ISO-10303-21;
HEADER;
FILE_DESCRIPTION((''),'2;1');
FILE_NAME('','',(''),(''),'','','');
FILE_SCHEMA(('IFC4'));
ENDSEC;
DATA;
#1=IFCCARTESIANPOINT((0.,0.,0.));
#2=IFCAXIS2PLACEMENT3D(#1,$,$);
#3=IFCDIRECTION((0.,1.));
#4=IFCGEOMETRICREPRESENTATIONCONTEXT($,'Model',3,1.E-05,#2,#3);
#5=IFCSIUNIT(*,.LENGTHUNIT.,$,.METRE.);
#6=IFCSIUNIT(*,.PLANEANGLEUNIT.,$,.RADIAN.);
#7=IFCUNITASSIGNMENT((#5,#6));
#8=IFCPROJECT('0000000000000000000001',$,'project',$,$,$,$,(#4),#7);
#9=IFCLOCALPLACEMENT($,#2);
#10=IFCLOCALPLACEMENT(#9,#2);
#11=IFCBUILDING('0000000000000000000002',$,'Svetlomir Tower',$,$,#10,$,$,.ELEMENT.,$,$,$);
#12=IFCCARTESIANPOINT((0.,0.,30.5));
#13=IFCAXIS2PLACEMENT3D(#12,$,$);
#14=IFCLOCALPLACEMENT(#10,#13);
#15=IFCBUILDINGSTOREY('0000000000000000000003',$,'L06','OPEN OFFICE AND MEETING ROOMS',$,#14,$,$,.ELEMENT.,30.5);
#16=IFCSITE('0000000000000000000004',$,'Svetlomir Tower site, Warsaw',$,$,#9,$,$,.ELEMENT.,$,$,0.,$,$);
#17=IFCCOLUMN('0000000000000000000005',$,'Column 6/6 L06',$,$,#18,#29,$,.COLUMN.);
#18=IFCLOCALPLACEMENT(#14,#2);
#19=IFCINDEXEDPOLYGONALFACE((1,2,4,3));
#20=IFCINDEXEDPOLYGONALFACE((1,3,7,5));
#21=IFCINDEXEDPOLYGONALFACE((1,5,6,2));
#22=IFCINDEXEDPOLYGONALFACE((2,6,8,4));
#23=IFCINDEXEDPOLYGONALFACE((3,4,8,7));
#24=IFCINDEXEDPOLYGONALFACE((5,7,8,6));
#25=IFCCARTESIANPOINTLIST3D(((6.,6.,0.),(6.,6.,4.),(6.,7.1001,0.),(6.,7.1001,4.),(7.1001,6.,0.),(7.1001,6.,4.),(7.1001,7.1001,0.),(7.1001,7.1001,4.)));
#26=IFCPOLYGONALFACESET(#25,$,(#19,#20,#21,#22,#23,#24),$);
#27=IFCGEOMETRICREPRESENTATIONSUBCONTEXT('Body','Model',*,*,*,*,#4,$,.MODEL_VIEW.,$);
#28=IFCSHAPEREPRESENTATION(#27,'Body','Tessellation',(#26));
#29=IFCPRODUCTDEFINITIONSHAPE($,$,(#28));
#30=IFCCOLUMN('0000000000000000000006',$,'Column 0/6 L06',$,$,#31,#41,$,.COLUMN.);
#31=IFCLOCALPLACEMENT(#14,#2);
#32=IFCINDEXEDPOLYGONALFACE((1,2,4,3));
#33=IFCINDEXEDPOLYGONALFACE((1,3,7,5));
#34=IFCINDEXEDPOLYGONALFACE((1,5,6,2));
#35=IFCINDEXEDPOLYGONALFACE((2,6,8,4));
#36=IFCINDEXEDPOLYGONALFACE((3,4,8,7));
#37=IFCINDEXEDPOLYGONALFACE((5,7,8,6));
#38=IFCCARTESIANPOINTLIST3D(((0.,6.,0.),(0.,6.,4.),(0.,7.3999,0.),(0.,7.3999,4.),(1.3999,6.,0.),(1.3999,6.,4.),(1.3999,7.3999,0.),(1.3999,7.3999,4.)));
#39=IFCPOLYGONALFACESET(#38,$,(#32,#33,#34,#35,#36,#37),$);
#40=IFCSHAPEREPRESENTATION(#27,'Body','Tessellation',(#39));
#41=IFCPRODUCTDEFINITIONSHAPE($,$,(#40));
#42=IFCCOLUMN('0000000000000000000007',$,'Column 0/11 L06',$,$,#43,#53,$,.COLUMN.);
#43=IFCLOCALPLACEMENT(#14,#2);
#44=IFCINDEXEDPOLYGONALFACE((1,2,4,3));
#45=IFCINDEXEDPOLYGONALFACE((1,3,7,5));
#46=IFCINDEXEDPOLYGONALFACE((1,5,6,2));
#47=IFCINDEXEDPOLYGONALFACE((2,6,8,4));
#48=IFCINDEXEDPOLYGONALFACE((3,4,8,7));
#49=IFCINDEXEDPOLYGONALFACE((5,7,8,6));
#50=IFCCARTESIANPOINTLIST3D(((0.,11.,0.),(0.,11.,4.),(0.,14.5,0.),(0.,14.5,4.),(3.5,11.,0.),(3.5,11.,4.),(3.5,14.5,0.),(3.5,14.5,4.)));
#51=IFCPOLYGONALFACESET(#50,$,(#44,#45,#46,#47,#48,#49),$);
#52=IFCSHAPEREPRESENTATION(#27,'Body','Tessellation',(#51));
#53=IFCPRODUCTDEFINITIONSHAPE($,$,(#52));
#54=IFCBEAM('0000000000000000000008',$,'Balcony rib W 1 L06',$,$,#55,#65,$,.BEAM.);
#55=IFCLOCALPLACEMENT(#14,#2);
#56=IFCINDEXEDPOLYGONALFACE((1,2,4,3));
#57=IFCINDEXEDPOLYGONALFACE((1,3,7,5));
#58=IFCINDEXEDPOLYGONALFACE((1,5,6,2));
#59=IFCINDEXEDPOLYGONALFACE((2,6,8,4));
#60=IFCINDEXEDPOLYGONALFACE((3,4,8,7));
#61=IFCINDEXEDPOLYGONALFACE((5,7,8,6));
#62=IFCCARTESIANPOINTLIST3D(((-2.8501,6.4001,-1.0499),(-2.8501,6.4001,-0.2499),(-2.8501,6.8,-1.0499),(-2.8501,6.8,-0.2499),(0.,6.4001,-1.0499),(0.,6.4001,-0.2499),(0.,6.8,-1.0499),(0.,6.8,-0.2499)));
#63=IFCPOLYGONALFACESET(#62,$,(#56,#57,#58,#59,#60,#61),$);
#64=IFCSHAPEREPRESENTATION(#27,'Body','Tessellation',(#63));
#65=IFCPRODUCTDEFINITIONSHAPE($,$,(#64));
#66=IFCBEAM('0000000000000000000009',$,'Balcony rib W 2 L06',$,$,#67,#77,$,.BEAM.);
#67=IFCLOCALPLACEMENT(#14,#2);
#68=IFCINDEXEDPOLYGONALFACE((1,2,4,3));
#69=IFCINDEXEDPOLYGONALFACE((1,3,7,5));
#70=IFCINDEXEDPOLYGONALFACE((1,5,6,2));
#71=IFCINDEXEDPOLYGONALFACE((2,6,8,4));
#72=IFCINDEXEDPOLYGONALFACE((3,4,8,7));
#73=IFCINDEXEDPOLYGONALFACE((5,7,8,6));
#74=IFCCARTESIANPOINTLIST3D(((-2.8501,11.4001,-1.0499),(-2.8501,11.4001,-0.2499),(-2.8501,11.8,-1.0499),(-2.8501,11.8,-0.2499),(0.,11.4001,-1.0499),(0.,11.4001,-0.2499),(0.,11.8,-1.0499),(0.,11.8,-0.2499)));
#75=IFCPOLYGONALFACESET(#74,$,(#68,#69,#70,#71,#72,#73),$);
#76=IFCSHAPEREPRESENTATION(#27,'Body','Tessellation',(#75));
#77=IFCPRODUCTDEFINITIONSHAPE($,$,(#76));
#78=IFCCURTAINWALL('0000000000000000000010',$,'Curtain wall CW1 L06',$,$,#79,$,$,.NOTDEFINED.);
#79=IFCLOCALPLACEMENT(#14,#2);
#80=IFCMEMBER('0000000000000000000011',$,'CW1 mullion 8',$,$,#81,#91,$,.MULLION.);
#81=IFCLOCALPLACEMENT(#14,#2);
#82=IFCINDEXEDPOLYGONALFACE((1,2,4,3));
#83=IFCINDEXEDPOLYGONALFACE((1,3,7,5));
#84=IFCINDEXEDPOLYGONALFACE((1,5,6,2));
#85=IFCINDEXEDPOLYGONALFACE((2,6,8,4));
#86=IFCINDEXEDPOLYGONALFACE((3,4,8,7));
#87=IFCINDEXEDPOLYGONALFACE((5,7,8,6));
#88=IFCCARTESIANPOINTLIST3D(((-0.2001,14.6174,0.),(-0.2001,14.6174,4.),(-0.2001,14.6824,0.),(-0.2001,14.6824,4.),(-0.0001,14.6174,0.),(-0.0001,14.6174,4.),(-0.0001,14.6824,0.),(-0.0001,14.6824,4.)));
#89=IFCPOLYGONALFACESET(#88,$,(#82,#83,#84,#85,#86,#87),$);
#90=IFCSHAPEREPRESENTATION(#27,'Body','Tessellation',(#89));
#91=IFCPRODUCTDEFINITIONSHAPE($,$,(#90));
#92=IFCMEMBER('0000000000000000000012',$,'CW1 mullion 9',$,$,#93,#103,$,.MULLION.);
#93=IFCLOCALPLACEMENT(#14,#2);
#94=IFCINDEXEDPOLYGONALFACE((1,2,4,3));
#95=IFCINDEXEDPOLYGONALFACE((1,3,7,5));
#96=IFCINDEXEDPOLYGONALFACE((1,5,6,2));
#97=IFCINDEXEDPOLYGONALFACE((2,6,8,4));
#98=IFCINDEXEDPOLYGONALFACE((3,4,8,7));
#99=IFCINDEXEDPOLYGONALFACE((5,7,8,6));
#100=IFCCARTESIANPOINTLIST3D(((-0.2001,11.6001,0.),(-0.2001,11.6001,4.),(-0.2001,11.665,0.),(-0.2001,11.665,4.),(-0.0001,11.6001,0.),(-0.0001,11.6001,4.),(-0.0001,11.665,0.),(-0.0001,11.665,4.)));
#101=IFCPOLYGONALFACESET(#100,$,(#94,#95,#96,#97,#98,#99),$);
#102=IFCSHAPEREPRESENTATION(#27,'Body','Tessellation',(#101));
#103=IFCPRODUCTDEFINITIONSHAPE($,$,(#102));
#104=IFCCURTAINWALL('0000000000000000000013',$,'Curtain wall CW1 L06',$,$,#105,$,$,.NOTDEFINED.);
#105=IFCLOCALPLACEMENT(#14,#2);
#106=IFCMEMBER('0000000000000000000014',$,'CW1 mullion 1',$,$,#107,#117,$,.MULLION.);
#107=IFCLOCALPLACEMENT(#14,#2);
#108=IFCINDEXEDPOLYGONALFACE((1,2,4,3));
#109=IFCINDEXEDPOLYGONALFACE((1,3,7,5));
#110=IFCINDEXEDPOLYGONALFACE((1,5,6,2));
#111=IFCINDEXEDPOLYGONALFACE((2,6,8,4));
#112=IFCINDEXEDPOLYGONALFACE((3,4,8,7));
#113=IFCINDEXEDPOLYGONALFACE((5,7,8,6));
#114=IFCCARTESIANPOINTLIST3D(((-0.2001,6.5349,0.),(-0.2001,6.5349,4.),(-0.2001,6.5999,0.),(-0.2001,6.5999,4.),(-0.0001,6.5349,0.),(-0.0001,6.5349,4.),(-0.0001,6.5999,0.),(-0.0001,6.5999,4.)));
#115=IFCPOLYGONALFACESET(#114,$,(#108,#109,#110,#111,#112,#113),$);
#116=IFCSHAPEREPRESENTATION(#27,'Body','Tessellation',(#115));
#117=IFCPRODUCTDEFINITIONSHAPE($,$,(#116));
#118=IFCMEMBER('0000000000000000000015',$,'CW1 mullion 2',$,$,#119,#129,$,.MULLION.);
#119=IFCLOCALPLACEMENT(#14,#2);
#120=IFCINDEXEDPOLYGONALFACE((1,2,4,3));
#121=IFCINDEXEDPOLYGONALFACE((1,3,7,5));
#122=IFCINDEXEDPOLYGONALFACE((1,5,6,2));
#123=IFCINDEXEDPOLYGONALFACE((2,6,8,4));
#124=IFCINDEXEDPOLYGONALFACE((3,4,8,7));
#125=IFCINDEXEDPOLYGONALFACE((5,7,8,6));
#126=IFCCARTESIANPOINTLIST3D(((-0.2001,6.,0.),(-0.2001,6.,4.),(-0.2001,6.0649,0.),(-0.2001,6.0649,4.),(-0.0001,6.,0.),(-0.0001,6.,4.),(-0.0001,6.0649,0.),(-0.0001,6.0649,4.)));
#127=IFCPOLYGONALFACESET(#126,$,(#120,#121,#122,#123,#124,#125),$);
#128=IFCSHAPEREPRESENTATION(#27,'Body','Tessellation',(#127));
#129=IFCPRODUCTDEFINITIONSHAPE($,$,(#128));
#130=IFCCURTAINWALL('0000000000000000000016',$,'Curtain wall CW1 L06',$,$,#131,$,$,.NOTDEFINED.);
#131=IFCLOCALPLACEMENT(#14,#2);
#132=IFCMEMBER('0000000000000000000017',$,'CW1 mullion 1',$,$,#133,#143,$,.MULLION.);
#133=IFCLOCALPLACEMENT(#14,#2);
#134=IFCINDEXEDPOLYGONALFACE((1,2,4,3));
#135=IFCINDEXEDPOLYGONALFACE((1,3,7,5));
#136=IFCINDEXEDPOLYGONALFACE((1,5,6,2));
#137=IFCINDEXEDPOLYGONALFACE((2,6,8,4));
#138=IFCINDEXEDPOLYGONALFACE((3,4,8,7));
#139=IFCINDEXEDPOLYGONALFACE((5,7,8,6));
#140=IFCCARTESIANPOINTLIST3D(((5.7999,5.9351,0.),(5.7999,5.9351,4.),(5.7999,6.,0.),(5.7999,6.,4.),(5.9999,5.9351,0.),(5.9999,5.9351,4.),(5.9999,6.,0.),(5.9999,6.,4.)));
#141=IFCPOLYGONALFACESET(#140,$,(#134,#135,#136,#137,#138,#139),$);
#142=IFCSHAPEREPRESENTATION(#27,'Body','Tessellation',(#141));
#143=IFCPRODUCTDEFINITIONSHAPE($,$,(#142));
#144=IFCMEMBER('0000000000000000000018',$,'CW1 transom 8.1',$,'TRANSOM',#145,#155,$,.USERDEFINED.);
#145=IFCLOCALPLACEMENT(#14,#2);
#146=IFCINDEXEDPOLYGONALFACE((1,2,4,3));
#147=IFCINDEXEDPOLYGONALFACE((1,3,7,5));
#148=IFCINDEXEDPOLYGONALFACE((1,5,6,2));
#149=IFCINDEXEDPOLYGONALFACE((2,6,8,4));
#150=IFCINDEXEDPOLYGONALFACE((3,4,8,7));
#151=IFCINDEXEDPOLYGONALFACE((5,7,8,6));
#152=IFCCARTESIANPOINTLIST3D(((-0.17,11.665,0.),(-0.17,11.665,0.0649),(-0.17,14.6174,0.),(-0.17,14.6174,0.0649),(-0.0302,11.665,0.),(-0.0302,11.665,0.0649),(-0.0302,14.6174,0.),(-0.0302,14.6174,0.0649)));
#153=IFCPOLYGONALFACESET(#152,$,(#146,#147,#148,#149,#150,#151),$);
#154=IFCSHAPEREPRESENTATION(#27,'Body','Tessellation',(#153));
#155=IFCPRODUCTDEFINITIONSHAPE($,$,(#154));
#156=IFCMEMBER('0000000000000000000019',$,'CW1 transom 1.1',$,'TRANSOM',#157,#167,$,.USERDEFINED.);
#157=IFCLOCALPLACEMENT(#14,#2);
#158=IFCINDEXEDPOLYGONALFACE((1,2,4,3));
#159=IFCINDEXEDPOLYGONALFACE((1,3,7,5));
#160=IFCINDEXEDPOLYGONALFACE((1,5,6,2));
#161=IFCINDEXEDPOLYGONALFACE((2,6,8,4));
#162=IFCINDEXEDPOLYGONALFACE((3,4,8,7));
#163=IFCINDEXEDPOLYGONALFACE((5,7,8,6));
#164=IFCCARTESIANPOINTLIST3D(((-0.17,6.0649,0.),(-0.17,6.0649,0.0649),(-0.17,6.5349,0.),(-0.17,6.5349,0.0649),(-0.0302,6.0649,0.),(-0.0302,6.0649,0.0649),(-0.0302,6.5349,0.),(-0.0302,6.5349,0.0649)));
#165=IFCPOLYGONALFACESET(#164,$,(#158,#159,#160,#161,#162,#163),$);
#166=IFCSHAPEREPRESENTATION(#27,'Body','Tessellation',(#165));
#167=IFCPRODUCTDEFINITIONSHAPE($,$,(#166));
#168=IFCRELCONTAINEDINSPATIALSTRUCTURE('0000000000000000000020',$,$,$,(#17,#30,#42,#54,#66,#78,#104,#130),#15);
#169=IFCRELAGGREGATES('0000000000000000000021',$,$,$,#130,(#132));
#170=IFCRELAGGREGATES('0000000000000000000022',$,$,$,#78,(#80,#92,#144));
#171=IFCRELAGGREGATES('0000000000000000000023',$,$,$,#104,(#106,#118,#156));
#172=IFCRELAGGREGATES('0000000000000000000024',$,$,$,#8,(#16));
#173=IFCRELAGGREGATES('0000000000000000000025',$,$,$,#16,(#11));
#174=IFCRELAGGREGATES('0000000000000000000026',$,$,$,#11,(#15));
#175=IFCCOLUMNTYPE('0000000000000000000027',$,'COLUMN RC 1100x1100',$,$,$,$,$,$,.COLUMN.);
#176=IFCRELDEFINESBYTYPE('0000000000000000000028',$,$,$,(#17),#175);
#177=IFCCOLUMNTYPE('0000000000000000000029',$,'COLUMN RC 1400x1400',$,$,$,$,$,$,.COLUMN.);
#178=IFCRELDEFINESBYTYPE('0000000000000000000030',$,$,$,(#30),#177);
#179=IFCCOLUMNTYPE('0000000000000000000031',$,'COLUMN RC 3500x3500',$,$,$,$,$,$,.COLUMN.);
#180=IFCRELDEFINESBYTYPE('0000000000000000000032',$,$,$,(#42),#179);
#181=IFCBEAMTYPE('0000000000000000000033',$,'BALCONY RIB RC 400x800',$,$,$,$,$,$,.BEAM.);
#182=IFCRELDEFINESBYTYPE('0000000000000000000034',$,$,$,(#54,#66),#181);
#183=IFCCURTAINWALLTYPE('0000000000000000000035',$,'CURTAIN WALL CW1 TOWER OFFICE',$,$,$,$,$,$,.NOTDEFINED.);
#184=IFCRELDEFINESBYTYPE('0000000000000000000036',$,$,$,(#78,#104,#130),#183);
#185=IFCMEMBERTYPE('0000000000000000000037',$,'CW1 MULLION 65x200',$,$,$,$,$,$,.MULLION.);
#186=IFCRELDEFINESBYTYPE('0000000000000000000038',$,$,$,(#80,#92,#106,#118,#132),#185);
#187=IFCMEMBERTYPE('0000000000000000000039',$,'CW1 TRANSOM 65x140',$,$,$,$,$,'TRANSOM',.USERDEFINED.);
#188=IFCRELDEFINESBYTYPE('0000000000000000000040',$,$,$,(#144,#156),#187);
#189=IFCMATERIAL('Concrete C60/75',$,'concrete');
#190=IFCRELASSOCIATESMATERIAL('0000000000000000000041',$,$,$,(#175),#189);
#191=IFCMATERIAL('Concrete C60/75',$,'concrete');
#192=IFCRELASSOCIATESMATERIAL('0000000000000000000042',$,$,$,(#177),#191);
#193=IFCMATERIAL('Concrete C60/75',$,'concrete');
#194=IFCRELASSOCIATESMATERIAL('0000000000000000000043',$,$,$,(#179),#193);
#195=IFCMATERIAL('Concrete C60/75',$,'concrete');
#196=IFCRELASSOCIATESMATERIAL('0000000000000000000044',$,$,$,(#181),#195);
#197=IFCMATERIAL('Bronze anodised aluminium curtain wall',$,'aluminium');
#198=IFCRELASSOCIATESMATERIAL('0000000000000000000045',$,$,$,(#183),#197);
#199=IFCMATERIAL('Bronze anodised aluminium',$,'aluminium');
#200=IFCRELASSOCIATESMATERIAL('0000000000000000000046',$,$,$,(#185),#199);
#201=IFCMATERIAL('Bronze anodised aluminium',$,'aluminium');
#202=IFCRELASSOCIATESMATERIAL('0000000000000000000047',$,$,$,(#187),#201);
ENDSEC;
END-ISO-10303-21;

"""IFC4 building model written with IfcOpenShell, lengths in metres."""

from ifc_helpers import new_model, si_unit, direction, frame, origin, origin_2d, place, context, subcontext, project, spatial, rectangle, extrude, material, material_profile, profile_set, type_object, element, aggregate, save


model = new_model("IFC4")

# Units and contexts
model_context = context("Model", 3, precision=1e-05, world=origin(), true_north=direction((0.0, 1.0)))
body_context = subcontext(model_context, "Body", "Model", "MODEL_VIEW")
ifc_project = project(units=[si_unit("LENGTHUNIT", "METRE"), si_unit("PLANEANGLEUNIT", "RADIAN")], contexts=[model_context])

# Site, building, storey
site_placement = place(None, origin())
site = spatial("IfcSite", under=ifc_project, at=site_placement, Name="Svetlomir Tower site, Warsaw", CompositionType="ELEMENT", RefElevation=0.0)
building_placement = place(site_placement, origin())
building = spatial("IfcBuilding", under=site, at=building_placement, Name="Svetlomir Tower", CompositionType="ELEMENT")
storey_placement = place(building_placement, frame((0.0, 0.0, 30.5)))
storey = spatial("IfcBuildingStorey", under=building, at=storey_placement, Name="L06", Description="OPEN OFFICE AND MEETING ROOMS", CompositionType="ELEMENT", Elevation=30.5)

# Columns
ifc_material_1 = material(Name="Concrete C60/75", Category="concrete")
ifc_material_profile_1 = material_profile(ifc_material_1, rectangle(XDim=1.1001, YDim=1.1001, at=origin_2d()), Name="RC 1100x1100")
ifc_profile_set_1 = profile_set([ifc_material_profile_1], Name="Concrete C60/75")
column_type_1 = type_object("IfcColumnType", Name="COLUMN RC 1100x1100", PredefinedType="COLUMN", material=ifc_profile_set_1)
column_1_placement = place(storey_placement, frame((6.55, 6.55, 0.0), z_axis=(0.0, 0.0, 1.0), x_axis=(1.0, 0.0, 0.0)))
element("IfcColumn", 1, at=column_1_placement, inside=storey, type_object=column_type_1, Name="Column 6/6 L06", PredefinedType="COLUMN", context=body_context, shape_type="SweptSolid", body=[
    extrude(rectangle(XDim=1.1001, YDim=1.1001, at=origin_2d()), origin(), (0.0, 0.0, 1.0), 4.0),
])
ifc_material_2 = material(Name="Concrete C60/75", Category="concrete")
ifc_material_profile_2 = material_profile(ifc_material_2, rectangle(XDim=1.3999, YDim=1.3999, at=origin_2d()), Name="RC 1400x1400")
ifc_profile_set_2 = profile_set([ifc_material_profile_2], Name="Concrete C60/75")
column_type_2 = type_object("IfcColumnType", Name="COLUMN RC 1400x1400", PredefinedType="COLUMN", material=ifc_profile_set_2)
column_2_placement = place(storey_placement, frame((0.7, 6.7, 0.0), z_axis=(0.0, 0.0, 1.0), x_axis=(1.0, 0.0, 0.0)))
element("IfcColumn", 2, at=column_2_placement, inside=storey, type_object=column_type_2, Name="Column 0/6 L06", PredefinedType="COLUMN", context=body_context, shape_type="SweptSolid", body=[
    extrude(rectangle(XDim=1.3999, YDim=1.3999, at=origin_2d()), origin(), (0.0, 0.0, 1.0), 4.0),
])
ifc_material_3 = material(Name="Concrete C60/75", Category="concrete")
ifc_material_profile_3 = material_profile(ifc_material_3, rectangle(XDim=3.5, YDim=3.5, at=origin_2d()), Name="RC 3500x3500")
ifc_profile_set_3 = profile_set([ifc_material_profile_3], Name="Concrete C60/75")
column_type_3 = type_object("IfcColumnType", Name="COLUMN RC 3500x3500", PredefinedType="COLUMN", material=ifc_profile_set_3)
column_3_placement = place(storey_placement, frame((1.75, 12.75, 0.0), z_axis=(0.0, 0.0, 1.0), x_axis=(1.0, 0.0, 0.0)))
element("IfcColumn", 3, at=column_3_placement, inside=storey, type_object=column_type_3, Name="Column 0/11 L06", PredefinedType="COLUMN", context=body_context, shape_type="SweptSolid", body=[
    extrude(rectangle(XDim=3.5, YDim=3.5, at=origin_2d()), origin(), (0.0, 0.0, 1.0), 4.0),
])

# Beams
ifc_material_4 = material(Name="Concrete C60/75", Category="concrete")
ifc_material_profile_4 = material_profile(ifc_material_4, rectangle(XDim=0.3999, YDim=0.8, at=origin_2d()), Name="RC 400x800")
ifc_profile_set_4 = profile_set([ifc_material_profile_4], Name="Concrete C60/75")
beam_type_1 = type_object("IfcBeamType", Name="BALCONY RIB RC 400x800", PredefinedType="BEAM", material=ifc_profile_set_4)
for number, where, z_axis, x_axis, name in (
    (4, (0.0, 6.6001, -0.6499), (-1.0, 0.0, 0.0), (0.0, -1.0, 0.0), "Balcony rib W 1 L06"),
    (5, (0.0, 11.6001, -0.6499), (-1.0, 0.0, 0.0), (0.0, -1.0, 0.0), "Balcony rib W 2 L06"),
):
    element("IfcBeam", number, at=place(storey_placement, frame(where, z_axis=z_axis, x_axis=x_axis)), inside=storey, type_object=beam_type_1, Name=name, PredefinedType="BEAM", context=body_context, shape_type="SweptSolid", body=[
        extrude(rectangle(XDim=0.3999, YDim=0.8, at=origin_2d()), origin(), (0.0, 0.0, 1.0), 2.8501),
    ])

# Curtain walls, members
ifc_material_5 = material(Name="Bronze anodised aluminium curtain wall", Category="aluminium")
curtain_wall_type = type_object("IfcCurtainWallType", Name="CURTAIN WALL CW1 TOWER OFFICE", PredefinedType="NOTDEFINED", material=ifc_material_5)
curtain_wall_1_placement = place(storey_placement, origin())
curtain_wall_1 = element("IfcCurtainWall", 6, at=curtain_wall_1_placement, inside=storey, type_object=curtain_wall_type, Name="Curtain wall CW1 L06", PredefinedType="NOTDEFINED")
ifc_material_6 = material(Name="Bronze anodised aluminium", Category="aluminium")
ifc_material_profile_5 = material_profile(ifc_material_6, rectangle(XDim=0.0649, YDim=0.2, at=origin_2d()), Name="AL 65x200")
ifc_profile_set_5 = profile_set([ifc_material_profile_5], Name="Bronze anodised aluminium 6063-T6")
member_type_1 = type_object("IfcMemberType", Name="CW1 MULLION 65x200", PredefinedType="MULLION", material=ifc_profile_set_5)
member_1_placement = place(storey_placement, frame((-0.1001, 14.6499, 0.0), z_axis=(0.0, 0.0, 1.0), x_axis=(0.0, -1.0, 0.0)))
member_1 = element("IfcMember", 7, at=member_1_placement, type_object=member_type_1, Name="CW1 mullion 8", PredefinedType="MULLION", context=body_context, shape_type="SweptSolid", body=[
    extrude(rectangle(XDim=0.0649, YDim=0.2, at=origin_2d()), origin(), (0.0, 0.0, 1.0), 4.0),
])
member_2_placement = place(storey_placement, frame((-0.1001, 11.6326, 0.0), z_axis=(0.0, 0.0, 1.0), x_axis=(0.0, -1.0, 0.0)))
member_2 = element("IfcMember", 8, at=member_2_placement, type_object=member_type_1, Name="CW1 mullion 9", PredefinedType="MULLION", context=body_context, shape_type="SweptSolid", body=[
    extrude(rectangle(XDim=0.0649, YDim=0.2, at=origin_2d()), origin(), (0.0, 0.0, 1.0), 4.0),
])
curtain_wall_2_placement = place(storey_placement, origin())
curtain_wall_2 = element("IfcCurtainWall", 9, at=curtain_wall_2_placement, inside=storey, type_object=curtain_wall_type, Name="Curtain wall CW1 L06", PredefinedType="NOTDEFINED")
member_3_placement = place(storey_placement, frame((-0.1001, 6.5674, 0.0), z_axis=(0.0, 0.0, 1.0), x_axis=(0.0, -1.0, 0.0)))
member_3 = element("IfcMember", 10, at=member_3_placement, type_object=member_type_1, Name="CW1 mullion 1", PredefinedType="MULLION", context=body_context, shape_type="SweptSolid", body=[
    extrude(rectangle(XDim=0.0649, YDim=0.2, at=origin_2d()), origin(), (0.0, 0.0, 1.0), 4.0),
])
member_4_placement = place(storey_placement, frame((-0.1001, 6.0325, 0.0), z_axis=(0.0, 0.0, 1.0), x_axis=(0.0, -1.0, 0.0)))
member_4 = element("IfcMember", 11, at=member_4_placement, type_object=member_type_1, Name="CW1 mullion 2", PredefinedType="MULLION", context=body_context, shape_type="SweptSolid", body=[
    extrude(rectangle(XDim=0.0649, YDim=0.2, at=origin_2d()), origin(), (0.0, 0.0, 1.0), 4.0),
])

# Curtain wall, member
curtain_wall_3_placement = place(storey_placement, origin())
curtain_wall_3 = element("IfcCurtainWall", 12, at=curtain_wall_3_placement, inside=storey, type_object=curtain_wall_type, Name="Curtain wall CW1 L06", PredefinedType="NOTDEFINED")
member_5_placement = place(storey_placement, frame((5.8999, 5.9675, 0.0), z_axis=(0.0, 0.0, 1.0), x_axis=(0.0, -1.0, 0.0)))
member_5 = element("IfcMember", 13, at=member_5_placement, type_object=member_type_1, Name="CW1 mullion 1", PredefinedType="MULLION", context=body_context, shape_type="SweptSolid", body=[
    extrude(rectangle(XDim=0.0649, YDim=0.2, at=origin_2d()), origin(), (0.0, 0.0, 1.0), 4.0),
])
aggregate(curtain_wall_3, [member_5])

# Members
ifc_material_7 = material(Name="Bronze anodised aluminium", Category="aluminium")
ifc_material_profile_6 = material_profile(ifc_material_7, rectangle(XDim=0.1399, YDim=0.0649, at=origin_2d()), Name="AL 140x65")
ifc_profile_set_6 = profile_set([ifc_material_profile_6], Name="Bronze anodised aluminium 6063-T6")
member_type_2 = type_object("IfcMemberType", Name="CW1 TRANSOM 65x140", ElementType="TRANSOM", PredefinedType="USERDEFINED", material=ifc_profile_set_6)
member_6_placement = place(storey_placement, frame((-0.1001, 14.6174, 0.0325), z_axis=(0.0, -1.0, 0.0), x_axis=(1.0, 0.0, 0.0)))
member_6 = element("IfcMember", 14, at=member_6_placement, type_object=member_type_2, Name="CW1 transom 8.1", ObjectType="TRANSOM", PredefinedType="USERDEFINED", context=body_context, shape_type="SweptSolid", body=[
    extrude(rectangle(XDim=0.1399, YDim=0.0649, at=origin_2d()), origin(), (0.0, 0.0, 1.0), 2.9524),
])
member_7_placement = place(storey_placement, frame((-0.1001, 6.5349, 0.0325), z_axis=(0.0, -1.0, 0.0), x_axis=(1.0, 0.0, 0.0)))
member_7 = element("IfcMember", 15, at=member_7_placement, type_object=member_type_2, Name="CW1 transom 1.1", ObjectType="TRANSOM", PredefinedType="USERDEFINED", context=body_context, shape_type="SweptSolid", body=[
    extrude(rectangle(XDim=0.1399, YDim=0.0649, at=origin_2d()), origin(), (0.0, 0.0, 1.0), 0.47),
])

aggregate(curtain_wall_1, [member_1, member_2, member_6])
aggregate(curtain_wall_2, [member_3, member_4, member_7])

save(model, "model.ifc")
